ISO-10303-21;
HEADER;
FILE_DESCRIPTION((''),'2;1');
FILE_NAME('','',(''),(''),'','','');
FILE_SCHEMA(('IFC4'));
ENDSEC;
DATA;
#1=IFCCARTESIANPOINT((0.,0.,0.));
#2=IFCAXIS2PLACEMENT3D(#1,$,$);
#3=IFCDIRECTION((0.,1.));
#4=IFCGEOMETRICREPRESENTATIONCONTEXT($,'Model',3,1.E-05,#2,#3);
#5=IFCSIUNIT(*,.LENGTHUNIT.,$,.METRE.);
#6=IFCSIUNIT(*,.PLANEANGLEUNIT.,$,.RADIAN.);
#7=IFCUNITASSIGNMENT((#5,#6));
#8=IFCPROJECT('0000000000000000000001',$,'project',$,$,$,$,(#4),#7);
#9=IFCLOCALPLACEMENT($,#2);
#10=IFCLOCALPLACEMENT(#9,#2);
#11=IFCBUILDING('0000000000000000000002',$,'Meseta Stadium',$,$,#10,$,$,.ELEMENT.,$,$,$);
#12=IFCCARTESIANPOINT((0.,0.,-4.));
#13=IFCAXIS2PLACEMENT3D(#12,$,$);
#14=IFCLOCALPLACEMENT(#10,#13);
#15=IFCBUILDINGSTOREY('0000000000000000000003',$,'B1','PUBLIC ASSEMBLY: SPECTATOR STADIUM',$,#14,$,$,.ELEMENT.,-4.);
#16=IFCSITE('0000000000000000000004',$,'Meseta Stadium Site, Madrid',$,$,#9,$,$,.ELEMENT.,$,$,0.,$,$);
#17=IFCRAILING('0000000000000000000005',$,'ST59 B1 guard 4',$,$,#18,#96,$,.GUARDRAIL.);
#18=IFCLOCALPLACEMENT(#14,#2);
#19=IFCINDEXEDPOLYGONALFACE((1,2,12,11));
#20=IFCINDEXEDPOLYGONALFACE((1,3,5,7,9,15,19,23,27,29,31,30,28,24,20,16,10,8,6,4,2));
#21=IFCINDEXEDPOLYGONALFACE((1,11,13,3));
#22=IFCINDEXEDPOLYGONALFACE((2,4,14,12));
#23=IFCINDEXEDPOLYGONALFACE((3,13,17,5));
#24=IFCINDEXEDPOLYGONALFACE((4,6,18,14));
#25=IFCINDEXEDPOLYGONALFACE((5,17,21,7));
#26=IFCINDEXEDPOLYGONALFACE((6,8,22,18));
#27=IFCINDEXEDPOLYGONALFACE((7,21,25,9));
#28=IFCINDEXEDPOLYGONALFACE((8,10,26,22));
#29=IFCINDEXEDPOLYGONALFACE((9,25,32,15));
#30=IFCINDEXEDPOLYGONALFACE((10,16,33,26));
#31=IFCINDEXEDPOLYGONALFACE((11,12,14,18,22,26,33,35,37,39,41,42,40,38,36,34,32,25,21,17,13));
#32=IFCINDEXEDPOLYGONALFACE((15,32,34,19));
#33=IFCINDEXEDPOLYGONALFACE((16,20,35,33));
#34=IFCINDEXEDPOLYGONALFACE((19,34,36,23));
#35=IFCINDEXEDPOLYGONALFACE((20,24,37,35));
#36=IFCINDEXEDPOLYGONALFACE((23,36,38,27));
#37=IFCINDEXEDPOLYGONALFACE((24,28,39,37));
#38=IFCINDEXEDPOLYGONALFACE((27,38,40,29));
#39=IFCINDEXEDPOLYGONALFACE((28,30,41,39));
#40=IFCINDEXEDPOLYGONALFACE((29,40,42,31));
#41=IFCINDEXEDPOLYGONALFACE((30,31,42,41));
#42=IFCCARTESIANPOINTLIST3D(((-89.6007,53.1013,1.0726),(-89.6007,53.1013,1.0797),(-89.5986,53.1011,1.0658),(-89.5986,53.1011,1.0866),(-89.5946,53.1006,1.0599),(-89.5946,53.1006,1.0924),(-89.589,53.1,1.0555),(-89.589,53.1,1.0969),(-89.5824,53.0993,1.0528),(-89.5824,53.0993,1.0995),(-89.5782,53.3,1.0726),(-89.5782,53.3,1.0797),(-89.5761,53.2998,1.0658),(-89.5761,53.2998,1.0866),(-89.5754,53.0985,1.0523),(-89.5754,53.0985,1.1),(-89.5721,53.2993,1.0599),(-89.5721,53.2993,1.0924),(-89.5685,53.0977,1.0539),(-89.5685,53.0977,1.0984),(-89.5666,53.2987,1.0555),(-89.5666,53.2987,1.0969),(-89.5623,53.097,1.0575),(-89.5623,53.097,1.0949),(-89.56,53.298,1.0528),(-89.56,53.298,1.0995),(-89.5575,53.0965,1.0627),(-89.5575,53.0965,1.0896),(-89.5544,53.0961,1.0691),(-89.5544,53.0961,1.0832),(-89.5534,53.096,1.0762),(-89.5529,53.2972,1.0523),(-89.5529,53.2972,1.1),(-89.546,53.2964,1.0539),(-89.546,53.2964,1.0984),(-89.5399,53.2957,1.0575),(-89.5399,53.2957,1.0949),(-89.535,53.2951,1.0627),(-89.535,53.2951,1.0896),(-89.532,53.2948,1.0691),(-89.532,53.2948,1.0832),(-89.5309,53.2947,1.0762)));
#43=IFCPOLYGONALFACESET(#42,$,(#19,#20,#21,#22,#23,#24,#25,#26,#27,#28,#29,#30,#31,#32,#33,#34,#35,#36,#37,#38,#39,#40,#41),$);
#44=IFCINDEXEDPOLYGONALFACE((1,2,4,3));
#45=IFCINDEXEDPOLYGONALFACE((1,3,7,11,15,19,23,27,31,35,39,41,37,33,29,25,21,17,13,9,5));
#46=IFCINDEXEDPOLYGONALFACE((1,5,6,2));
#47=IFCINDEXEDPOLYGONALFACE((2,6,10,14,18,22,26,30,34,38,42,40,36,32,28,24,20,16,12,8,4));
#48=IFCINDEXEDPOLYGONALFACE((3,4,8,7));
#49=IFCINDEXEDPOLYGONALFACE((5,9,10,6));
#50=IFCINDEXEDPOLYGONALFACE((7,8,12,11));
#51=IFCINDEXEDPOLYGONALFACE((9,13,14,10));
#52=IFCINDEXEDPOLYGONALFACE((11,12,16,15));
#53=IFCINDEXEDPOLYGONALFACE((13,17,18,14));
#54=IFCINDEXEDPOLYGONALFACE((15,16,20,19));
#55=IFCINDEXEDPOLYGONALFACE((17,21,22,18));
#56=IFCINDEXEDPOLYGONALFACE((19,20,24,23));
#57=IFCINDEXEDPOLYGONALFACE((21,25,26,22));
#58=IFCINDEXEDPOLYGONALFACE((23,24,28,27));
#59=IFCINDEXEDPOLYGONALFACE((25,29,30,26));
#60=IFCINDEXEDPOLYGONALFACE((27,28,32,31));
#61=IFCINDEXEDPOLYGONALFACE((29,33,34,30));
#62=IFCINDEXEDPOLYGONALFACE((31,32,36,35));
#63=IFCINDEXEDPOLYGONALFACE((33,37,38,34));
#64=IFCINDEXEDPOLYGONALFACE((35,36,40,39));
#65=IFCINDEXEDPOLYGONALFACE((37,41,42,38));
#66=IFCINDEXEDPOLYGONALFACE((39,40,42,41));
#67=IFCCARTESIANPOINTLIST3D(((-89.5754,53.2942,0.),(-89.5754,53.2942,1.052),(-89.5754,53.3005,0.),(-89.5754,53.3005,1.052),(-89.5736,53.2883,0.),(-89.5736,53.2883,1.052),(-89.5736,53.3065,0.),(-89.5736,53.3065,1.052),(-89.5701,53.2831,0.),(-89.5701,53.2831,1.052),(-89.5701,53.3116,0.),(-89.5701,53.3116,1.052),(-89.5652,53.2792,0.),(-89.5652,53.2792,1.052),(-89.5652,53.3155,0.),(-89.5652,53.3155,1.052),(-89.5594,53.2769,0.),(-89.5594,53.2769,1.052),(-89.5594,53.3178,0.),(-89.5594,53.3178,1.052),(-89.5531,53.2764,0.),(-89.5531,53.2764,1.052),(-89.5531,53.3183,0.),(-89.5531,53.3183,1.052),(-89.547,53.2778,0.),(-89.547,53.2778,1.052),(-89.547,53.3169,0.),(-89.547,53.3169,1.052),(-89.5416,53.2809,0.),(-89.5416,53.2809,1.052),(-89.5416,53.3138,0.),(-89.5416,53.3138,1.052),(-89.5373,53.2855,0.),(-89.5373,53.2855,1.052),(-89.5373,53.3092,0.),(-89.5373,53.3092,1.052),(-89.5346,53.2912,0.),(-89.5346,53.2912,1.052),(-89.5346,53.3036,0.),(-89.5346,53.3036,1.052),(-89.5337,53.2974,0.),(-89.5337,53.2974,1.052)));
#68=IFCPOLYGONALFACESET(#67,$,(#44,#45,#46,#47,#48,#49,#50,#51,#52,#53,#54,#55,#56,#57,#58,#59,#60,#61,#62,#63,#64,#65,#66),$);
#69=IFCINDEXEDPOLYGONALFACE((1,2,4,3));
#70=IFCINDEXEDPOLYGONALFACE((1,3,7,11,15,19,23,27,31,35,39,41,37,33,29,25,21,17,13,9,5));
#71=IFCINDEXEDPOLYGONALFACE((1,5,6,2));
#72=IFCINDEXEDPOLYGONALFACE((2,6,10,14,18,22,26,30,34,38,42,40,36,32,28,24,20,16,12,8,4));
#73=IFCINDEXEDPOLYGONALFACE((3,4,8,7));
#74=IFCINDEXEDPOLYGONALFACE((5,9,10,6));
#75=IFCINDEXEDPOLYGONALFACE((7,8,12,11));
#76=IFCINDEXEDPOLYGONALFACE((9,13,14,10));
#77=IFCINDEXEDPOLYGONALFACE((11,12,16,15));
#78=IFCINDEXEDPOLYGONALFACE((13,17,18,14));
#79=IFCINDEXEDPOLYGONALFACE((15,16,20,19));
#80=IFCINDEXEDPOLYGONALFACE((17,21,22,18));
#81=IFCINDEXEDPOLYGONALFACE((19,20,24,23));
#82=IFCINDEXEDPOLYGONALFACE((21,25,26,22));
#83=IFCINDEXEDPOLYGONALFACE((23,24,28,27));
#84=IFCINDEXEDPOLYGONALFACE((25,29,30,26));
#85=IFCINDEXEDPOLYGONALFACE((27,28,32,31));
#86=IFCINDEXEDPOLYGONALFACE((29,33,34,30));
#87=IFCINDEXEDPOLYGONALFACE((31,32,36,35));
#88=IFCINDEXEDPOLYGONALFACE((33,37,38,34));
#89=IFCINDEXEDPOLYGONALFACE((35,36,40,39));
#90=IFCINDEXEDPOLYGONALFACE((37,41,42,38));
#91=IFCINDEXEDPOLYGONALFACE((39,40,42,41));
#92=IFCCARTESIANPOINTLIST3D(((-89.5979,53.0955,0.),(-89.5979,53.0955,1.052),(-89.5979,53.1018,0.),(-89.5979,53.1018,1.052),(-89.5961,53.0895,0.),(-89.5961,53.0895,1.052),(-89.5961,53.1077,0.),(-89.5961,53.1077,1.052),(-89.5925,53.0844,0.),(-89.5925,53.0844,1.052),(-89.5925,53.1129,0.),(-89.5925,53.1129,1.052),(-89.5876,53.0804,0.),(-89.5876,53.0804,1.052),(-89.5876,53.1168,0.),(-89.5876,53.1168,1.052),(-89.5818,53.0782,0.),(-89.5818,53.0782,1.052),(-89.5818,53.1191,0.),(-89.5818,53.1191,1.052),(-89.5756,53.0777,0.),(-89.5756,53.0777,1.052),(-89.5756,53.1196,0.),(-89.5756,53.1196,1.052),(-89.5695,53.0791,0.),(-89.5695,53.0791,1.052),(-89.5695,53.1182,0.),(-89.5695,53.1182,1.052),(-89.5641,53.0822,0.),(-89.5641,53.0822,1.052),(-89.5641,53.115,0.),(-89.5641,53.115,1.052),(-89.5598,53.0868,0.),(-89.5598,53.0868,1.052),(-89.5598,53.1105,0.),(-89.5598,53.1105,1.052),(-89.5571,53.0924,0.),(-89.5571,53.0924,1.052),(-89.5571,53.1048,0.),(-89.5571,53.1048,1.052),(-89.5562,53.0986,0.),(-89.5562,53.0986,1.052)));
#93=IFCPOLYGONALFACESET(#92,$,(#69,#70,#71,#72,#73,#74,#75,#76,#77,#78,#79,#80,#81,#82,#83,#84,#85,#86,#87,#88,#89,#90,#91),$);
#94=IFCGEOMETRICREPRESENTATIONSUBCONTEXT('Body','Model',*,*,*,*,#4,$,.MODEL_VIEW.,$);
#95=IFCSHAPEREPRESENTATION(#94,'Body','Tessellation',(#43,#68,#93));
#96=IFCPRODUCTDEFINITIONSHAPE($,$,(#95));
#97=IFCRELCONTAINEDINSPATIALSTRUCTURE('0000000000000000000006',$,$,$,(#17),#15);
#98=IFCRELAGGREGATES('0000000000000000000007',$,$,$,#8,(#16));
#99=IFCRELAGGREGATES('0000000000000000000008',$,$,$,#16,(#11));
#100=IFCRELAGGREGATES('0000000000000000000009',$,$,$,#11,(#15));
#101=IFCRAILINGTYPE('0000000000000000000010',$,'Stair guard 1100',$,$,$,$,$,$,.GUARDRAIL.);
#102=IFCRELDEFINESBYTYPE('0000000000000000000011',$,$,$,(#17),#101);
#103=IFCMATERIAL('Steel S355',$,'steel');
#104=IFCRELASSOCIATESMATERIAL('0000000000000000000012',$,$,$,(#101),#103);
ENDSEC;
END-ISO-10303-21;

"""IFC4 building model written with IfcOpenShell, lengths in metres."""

from ifc_helpers import new_model, si_unit, direction, frame, origin, origin_2d, place, context, subcontext, project, spatial, circle, extrude, material, type_object, element, save


model = new_model("IFC4")

# Units and contexts
model_context = context("Model", 3, precision=1e-05, world=origin(), true_north=direction((0.0, 1.0)))
body_context = subcontext(model_context, "Body", "Model", "MODEL_VIEW")
ifc_project = project(units=[si_unit("LENGTHUNIT", "METRE"), si_unit("PLANEANGLEUNIT", "RADIAN")], contexts=[model_context])

# Site, building, storey
site_placement = place(None, origin())
site = spatial("IfcSite", under=ifc_project, at=site_placement, Name="Meseta Stadium Site, Madrid", CompositionType="ELEMENT", RefElevation=0.0)
building_placement = place(site_placement, origin())
building = spatial("IfcBuilding", under=site, at=building_placement, Name="Meseta Stadium", CompositionType="ELEMENT")
storey_placement = place(building_placement, frame((0.0, 0.0, -4.0)))
storey = spatial("IfcBuildingStorey", under=building, at=storey_placement, Name="B1", Description="PUBLIC ASSEMBLY: SPECTATOR STADIUM", CompositionType="ELEMENT", Elevation=-4.0)

# Railing
ifc_material_1 = material(Name="Steel S355", Category="steel")
railing_type_1 = type_object("IfcRailingType", Name="Stair guard 1100", PredefinedType="GUARDRAIL", material=ifc_material_1)
railing_1_placement = place(storey_placement, frame((-89.5547, 53.2974, 0.0)))
element("IfcRailing", 1, at=railing_1_placement, inside=storey, type_object=railing_type_1, Name="ST59 B1 guard 4", PredefinedType="GUARDRAIL", context=body_context, shape_type="SweptSolid", body=[
    extrude(circle(Radius=0.0239, at=origin_2d()), frame((0.0, 0.0, 1.0762), z_axis=(-0.112307, -0.993674, 0.0), x_axis=(0.993674, -0.112307, 0.0)), (0.0, 0.0, 1.0), 0.2),
    extrude(circle(Radius=0.021, at=origin_2d()), origin(), (0.0, 0.0, 1.0), 1.052),
    extrude(circle(Radius=0.021, at=origin_2d()), frame((-0.0225, -0.1987, 0.0)), (0.0, 0.0, 1.0), 1.052),
])

save(model, "model.ifc")
